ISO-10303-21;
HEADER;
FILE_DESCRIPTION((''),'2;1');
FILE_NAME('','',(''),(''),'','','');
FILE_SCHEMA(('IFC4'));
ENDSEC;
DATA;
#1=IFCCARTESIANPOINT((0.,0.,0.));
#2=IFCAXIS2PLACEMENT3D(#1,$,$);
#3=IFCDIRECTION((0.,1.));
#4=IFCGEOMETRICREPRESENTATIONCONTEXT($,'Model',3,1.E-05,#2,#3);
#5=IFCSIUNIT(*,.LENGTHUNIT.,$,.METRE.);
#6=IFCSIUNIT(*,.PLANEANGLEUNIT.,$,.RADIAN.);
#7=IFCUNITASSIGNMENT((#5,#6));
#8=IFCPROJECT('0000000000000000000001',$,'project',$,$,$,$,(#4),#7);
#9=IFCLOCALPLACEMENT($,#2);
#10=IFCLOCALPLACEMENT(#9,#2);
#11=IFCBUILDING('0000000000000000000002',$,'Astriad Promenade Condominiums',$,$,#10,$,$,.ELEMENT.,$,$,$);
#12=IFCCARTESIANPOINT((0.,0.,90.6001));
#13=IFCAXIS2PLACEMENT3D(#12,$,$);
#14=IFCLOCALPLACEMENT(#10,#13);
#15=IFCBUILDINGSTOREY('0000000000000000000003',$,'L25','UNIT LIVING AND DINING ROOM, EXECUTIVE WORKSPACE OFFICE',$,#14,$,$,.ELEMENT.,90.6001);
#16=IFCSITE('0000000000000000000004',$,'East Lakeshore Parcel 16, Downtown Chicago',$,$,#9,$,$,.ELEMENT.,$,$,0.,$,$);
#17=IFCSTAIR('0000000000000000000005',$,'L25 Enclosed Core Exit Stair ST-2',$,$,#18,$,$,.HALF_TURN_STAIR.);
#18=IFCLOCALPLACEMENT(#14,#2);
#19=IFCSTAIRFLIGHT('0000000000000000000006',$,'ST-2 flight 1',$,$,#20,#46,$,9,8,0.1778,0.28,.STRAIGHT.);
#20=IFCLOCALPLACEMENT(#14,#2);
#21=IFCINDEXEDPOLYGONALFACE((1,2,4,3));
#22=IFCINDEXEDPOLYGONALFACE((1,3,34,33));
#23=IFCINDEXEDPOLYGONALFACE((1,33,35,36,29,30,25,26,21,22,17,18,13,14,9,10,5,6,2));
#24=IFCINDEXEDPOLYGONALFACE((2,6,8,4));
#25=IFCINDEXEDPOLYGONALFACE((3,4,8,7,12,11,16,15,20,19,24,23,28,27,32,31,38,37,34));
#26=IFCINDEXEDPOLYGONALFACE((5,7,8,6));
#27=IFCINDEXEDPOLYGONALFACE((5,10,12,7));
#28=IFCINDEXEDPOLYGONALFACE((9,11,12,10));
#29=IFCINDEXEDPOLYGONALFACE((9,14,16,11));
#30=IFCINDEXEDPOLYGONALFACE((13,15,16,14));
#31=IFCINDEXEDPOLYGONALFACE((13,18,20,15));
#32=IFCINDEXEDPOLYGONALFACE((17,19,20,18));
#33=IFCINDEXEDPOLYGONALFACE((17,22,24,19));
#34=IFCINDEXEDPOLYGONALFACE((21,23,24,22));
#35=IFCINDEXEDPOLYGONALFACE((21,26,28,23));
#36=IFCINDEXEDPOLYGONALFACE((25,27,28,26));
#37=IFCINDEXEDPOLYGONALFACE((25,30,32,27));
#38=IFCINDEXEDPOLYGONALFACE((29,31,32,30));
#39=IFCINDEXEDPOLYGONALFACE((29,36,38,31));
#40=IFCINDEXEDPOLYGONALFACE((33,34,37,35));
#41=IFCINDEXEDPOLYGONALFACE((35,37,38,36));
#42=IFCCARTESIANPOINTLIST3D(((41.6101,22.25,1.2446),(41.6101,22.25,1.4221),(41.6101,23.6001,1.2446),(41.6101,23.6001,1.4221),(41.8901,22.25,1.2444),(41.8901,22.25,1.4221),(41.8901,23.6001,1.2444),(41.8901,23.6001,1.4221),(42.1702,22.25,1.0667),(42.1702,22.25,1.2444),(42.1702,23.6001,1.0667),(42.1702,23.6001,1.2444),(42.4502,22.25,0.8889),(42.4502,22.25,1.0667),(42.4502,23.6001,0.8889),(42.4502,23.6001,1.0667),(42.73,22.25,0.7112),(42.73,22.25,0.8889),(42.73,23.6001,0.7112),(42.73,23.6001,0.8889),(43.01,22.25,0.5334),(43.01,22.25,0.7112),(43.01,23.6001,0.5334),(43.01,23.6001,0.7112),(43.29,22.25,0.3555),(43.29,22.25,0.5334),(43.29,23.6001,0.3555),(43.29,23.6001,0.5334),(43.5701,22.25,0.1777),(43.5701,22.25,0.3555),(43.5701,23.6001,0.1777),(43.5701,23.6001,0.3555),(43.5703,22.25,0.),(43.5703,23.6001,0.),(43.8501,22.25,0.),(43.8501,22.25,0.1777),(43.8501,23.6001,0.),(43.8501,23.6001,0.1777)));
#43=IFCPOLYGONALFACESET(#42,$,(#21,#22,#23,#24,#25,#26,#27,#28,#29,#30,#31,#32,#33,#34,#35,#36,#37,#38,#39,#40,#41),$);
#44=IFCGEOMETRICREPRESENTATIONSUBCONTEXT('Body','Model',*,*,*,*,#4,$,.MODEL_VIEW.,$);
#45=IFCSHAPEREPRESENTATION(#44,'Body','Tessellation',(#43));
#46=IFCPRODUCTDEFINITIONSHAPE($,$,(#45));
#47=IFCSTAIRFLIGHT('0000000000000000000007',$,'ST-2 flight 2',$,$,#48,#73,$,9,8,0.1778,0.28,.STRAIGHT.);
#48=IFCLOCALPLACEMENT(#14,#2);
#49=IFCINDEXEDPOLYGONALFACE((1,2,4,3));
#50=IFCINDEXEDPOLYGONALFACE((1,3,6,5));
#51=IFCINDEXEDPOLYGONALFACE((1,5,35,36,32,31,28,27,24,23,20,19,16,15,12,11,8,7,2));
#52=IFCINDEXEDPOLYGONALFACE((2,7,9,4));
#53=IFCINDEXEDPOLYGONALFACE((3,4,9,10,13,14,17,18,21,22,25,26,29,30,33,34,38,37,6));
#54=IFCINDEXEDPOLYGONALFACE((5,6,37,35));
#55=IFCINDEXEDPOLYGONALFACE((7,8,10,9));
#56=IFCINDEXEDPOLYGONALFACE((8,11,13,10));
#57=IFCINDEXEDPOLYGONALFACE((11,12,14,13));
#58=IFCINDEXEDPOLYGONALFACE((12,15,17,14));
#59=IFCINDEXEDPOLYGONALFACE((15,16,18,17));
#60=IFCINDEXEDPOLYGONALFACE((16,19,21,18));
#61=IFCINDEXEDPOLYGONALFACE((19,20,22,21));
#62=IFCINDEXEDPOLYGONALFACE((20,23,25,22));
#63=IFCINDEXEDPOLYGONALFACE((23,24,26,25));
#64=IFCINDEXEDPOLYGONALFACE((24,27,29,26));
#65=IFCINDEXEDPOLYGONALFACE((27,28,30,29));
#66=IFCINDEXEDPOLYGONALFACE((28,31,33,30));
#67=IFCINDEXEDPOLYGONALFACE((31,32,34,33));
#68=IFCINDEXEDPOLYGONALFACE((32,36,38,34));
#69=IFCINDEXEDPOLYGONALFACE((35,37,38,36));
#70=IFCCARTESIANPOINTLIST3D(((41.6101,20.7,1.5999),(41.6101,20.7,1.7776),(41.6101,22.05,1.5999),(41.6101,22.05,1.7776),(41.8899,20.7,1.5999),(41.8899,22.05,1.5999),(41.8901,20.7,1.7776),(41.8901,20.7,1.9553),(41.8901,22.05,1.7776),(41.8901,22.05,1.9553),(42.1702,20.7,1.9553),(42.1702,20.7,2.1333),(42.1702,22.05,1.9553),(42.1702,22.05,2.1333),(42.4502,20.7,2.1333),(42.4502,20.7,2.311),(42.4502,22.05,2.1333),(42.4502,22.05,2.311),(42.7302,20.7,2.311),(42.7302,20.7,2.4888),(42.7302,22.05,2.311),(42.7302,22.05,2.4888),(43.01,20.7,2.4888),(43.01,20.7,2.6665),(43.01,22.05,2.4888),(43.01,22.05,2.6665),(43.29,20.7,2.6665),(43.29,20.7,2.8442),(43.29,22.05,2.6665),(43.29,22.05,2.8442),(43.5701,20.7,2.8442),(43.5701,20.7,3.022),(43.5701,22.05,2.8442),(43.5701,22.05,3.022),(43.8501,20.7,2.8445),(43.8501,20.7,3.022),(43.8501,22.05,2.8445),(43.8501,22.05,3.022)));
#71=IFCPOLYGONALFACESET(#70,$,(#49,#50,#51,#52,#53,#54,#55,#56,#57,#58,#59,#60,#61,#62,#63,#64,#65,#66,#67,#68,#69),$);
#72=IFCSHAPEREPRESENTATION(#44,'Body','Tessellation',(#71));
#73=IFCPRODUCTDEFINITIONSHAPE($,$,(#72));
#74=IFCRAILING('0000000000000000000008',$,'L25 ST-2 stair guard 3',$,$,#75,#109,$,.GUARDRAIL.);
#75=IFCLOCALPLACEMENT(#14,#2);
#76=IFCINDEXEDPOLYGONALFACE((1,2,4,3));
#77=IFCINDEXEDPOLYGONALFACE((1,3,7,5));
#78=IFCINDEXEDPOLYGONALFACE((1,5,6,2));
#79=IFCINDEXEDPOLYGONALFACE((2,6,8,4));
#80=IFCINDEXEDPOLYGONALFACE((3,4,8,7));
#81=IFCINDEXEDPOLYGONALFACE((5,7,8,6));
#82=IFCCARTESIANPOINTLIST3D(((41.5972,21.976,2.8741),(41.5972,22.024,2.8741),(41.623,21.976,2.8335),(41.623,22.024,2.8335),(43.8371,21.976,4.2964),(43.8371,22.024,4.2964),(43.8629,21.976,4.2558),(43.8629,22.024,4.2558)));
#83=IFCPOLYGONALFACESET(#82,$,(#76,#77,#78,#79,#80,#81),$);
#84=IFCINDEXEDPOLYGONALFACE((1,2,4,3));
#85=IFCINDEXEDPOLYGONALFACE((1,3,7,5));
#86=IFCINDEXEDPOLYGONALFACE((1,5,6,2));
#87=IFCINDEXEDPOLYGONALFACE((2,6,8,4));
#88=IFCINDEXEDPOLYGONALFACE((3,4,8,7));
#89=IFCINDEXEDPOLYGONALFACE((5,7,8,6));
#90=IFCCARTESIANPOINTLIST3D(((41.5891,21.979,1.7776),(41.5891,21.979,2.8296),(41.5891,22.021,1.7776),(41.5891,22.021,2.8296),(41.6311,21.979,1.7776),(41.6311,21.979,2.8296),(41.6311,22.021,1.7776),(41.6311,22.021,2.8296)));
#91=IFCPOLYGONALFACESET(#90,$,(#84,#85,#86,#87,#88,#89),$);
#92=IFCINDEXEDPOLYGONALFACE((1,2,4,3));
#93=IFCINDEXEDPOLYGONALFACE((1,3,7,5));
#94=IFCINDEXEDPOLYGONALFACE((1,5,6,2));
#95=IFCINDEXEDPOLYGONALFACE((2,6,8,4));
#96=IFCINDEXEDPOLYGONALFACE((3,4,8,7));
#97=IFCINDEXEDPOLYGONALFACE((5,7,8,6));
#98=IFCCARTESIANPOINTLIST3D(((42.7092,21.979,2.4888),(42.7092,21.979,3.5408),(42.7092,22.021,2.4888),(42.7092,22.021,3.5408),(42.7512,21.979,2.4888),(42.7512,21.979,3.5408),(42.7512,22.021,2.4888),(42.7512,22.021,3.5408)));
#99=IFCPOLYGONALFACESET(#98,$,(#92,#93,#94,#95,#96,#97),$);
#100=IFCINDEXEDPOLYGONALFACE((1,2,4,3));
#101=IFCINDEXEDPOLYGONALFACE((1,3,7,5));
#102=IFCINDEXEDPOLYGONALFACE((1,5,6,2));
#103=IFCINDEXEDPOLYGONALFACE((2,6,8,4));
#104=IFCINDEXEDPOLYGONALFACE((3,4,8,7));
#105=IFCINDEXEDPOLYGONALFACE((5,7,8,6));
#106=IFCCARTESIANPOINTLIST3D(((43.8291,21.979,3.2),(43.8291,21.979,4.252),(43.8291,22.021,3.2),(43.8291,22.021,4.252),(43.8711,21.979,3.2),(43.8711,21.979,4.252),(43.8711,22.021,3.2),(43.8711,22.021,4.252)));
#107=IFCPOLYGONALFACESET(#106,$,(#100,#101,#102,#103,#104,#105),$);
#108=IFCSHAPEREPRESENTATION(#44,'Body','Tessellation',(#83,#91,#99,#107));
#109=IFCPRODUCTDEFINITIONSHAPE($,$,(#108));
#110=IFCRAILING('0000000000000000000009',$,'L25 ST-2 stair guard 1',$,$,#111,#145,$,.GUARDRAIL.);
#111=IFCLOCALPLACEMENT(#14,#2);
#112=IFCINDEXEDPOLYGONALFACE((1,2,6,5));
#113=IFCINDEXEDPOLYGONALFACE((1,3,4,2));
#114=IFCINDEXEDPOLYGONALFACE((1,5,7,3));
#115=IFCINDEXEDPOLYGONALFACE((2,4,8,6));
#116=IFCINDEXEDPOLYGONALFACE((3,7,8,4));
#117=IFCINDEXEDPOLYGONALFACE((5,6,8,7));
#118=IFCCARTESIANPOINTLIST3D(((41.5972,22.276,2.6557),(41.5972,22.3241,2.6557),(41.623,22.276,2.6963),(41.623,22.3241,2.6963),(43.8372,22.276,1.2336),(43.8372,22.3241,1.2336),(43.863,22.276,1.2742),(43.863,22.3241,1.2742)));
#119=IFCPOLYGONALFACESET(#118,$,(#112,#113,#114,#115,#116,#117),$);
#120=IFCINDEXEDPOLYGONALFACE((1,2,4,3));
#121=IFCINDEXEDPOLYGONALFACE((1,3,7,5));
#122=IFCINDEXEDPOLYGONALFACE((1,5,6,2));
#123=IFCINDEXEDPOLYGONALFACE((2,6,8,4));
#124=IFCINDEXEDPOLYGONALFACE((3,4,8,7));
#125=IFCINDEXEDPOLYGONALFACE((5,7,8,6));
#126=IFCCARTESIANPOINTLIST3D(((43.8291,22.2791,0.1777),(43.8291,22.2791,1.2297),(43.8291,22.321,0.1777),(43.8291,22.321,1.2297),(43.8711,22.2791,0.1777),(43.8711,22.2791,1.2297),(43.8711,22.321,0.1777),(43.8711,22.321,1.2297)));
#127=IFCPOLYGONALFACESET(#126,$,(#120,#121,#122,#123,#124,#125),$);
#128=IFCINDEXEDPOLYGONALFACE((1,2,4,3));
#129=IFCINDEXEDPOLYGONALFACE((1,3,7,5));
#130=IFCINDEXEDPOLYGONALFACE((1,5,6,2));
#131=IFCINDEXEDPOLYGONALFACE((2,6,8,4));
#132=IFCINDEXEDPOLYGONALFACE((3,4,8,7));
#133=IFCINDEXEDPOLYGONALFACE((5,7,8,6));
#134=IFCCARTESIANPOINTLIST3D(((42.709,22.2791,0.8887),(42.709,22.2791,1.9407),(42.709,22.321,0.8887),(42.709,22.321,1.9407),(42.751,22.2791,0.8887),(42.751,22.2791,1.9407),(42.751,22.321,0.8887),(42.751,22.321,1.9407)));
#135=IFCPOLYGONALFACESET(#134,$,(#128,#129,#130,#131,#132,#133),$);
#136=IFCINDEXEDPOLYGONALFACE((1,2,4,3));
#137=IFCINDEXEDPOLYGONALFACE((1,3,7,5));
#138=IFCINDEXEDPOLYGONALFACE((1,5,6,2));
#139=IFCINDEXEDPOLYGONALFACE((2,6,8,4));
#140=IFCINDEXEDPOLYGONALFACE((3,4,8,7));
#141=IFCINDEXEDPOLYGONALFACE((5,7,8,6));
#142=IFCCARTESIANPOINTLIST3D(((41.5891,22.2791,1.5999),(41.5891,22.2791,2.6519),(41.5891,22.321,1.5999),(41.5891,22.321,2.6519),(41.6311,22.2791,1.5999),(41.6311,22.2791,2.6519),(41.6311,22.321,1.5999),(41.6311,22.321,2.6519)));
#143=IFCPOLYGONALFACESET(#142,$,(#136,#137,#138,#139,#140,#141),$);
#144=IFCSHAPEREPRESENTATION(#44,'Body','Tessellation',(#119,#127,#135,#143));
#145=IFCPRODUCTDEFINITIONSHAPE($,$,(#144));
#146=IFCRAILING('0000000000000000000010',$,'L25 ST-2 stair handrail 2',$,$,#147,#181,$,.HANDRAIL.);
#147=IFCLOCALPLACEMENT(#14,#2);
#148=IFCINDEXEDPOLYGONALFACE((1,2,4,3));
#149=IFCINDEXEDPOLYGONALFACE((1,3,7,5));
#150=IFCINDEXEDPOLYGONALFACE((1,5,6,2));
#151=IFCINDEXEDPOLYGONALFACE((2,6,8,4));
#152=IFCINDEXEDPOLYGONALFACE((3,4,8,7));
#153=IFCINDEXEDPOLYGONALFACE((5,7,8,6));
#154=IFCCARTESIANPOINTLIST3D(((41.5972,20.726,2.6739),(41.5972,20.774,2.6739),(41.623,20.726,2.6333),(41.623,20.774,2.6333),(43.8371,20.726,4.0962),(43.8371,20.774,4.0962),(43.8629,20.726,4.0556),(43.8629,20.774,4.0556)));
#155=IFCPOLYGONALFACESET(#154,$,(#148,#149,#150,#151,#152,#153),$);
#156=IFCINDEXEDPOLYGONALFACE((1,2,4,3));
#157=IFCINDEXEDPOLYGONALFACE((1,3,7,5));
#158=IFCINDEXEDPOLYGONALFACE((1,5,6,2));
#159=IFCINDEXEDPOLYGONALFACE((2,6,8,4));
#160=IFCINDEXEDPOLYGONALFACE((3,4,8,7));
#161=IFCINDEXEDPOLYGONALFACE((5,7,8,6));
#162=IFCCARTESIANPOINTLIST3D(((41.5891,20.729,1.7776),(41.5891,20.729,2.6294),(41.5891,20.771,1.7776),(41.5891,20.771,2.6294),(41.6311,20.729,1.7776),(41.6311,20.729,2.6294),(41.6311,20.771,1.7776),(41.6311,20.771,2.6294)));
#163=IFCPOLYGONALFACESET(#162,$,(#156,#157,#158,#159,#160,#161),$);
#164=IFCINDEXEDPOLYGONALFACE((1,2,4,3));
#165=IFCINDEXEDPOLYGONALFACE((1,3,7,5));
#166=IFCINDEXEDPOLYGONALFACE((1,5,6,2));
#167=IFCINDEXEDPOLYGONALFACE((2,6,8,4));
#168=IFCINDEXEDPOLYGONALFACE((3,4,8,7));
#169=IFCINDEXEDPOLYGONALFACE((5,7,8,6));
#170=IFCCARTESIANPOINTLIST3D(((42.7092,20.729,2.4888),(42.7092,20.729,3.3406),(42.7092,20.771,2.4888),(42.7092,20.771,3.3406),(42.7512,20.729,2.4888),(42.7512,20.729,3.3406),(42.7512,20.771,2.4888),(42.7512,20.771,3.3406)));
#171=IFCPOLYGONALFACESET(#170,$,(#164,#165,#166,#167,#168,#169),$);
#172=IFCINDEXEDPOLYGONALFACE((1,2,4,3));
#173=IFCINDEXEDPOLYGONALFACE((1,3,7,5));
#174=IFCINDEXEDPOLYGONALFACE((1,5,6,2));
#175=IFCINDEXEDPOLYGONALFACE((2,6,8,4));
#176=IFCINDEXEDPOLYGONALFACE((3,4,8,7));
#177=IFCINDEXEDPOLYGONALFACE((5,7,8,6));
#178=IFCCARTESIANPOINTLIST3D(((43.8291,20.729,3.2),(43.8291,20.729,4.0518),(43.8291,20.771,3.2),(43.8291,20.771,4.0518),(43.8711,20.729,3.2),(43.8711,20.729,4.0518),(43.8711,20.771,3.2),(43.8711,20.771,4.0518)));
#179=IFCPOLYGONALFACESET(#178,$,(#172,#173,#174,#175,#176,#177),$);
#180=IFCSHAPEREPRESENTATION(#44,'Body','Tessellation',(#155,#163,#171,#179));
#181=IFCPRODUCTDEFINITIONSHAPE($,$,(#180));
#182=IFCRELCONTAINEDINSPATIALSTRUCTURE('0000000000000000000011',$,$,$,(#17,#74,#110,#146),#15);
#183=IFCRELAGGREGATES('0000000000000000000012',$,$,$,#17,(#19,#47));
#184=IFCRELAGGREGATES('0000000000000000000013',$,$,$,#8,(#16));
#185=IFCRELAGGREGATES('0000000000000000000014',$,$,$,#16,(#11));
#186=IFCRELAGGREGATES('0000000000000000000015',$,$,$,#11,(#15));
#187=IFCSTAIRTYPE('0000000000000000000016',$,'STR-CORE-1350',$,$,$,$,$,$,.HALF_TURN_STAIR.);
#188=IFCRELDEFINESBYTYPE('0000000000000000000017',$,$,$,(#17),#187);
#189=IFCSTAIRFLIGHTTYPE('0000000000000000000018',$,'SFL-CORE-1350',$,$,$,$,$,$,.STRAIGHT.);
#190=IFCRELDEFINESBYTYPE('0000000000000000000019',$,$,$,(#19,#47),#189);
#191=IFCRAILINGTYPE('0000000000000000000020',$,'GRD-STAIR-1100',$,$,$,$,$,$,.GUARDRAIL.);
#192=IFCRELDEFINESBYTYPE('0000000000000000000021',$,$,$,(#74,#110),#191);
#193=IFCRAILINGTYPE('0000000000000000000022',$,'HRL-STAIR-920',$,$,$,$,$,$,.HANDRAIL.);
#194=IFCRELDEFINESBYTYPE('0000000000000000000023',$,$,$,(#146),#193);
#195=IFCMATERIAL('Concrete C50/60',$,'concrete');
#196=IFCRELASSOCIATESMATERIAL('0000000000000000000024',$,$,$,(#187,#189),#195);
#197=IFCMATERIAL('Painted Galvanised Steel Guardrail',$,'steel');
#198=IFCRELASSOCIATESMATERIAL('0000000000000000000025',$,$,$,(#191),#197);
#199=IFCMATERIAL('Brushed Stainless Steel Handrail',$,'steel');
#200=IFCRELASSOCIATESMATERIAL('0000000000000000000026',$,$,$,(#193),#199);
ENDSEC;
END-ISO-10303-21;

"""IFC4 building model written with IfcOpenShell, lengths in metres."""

from ifc_helpers import new_model, si_unit, direction, frame, origin, origin_2d, place, context, subcontext, project, spatial, polyline, rectangle, outline, extrude, source, transform, mapped, material, type_object, type_shapes, element, aggregate, save


model = new_model("IFC4")

# Units and contexts
model_context = context("Model", 3, precision=1e-05, world=origin(), true_north=direction((0.0, 1.0)))
body_context = subcontext(model_context, "Body", "Model", "MODEL_VIEW")
ifc_project = project(units=[si_unit("LENGTHUNIT", "METRE"), si_unit("PLANEANGLEUNIT", "RADIAN")], contexts=[model_context])

# Site, building, storey
site_placement = place(None, origin())
site = spatial("IfcSite", under=ifc_project, at=site_placement, Name="East Lakeshore Parcel 16, Downtown Chicago", CompositionType="ELEMENT", RefElevation=0.0)
building_placement = place(site_placement, origin())
building = spatial("IfcBuilding", under=site, at=building_placement, Name="Astriad Promenade Condominiums", CompositionType="ELEMENT")
storey_placement = place(building_placement, frame((0.0, 0.0, 90.6001)))
storey = spatial("IfcBuildingStorey", under=building, at=storey_placement, Name="L25", Description="UNIT LIVING AND DINING ROOM, EXECUTIVE WORKSPACE OFFICE", CompositionType="ELEMENT", Elevation=90.6001)

# Shared definitions
ifc_material_1 = material(Name="Concrete C50/60", Category="concrete")

# Stair, stair flights
stair_type = type_object("IfcStairType", Name="STR-CORE-1350", PredefinedType="HALF_TURN_STAIR", material=ifc_material_1)
stair_placement = place(storey_placement, origin())
stair = element("IfcStair", 1, at=stair_placement, inside=storey, type_object=stair_type, Name="L25 Enclosed Core Exit Stair ST-2", PredefinedType="HALF_TURN_STAIR")
stair_flight_type = type_object("IfcStairFlightType", Name="SFL-CORE-1350", PredefinedType="STRAIGHT", material=ifc_material_1)
shared_shape_1 = source(origin(), body_context, "Body", "SweptSolid", [
    extrude(outline(polyline([(0.0, 0.0), (0.0, 0.1777), (0.28, 0.1777), (0.28, 0.3555), (0.5601, 0.3555), (0.5601, 0.5334), (0.8401, 0.5334), (0.8401, 0.7112), (1.1201, 0.7112), (1.1201, 0.8889), (1.3999, 0.8889), (1.3999, 1.0667), (1.6799, 1.0667), (1.6799, 1.2444), (1.96, 1.2444), (1.96, 1.4221), (2.24, 1.4221), (2.24, 1.6001), (2.24, 1.2446), (0.2798, 0.0), (0.0, 0.0)])), frame((0.0, 0.675, 0.0), z_axis=(0.0, -1.0, 0.0), x_axis=(1.0, 0.0, 0.0)), (0.0, 0.0, 1.0), 1.3501),
])
type_shapes(stair_flight_type, [shared_shape_1])
stair_flight_1_placement = place(storey_placement, frame((43.8501, 22.925, 0.0), z_axis=(0.0, 0.0, 1.0), x_axis=(-1.0, 0.0, 0.0)))
stair_flight_1 = element("IfcStairFlight", 2, at=stair_flight_1_placement, type_object=stair_flight_type, Name="ST-2 flight 1", NumberOfRisers=9, NumberOfTreads=8, PredefinedType="STRAIGHT", RiserHeight=0.1778, TreadLength=0.28, context=body_context, shape_type="MappedRepresentation", body=[
    mapped(shared_shape_1, transform((0.0, 0.0, 0.0), scale=1.0)),
])
stair_flight_2_placement = place(storey_placement, frame((41.6101, 21.375, 1.5999), z_axis=(0.0, 0.0, 1.0), x_axis=(1.0, 0.0, 0.0)))
stair_flight_2 = element("IfcStairFlight", 3, at=stair_flight_2_placement, type_object=stair_flight_type, Name="ST-2 flight 2", NumberOfRisers=9, NumberOfTreads=8, PredefinedType="STRAIGHT", RiserHeight=0.1778, TreadLength=0.28, context=body_context, shape_type="MappedRepresentation", body=[
    mapped(shared_shape_1, transform((0.0, 0.0, 0.0), scale=1.0)),
])
aggregate(stair, [stair_flight_1, stair_flight_2])

# Railings
ifc_material_2 = material(Name="Painted Galvanised Steel Guardrail", Category="steel")
railing_type_1 = type_object("IfcRailingType", Name="GRD-STAIR-1100", PredefinedType="GUARDRAIL", material=ifc_material_2)
shared_shape_2 = source(origin(), body_context, "Body", "SweptSolid", [
    extrude(rectangle(XDim=0.0481, YDim=0.0481, at=origin_2d()), frame((0.0, 0.0, 1.0762), z_axis=(0.844188, 0.0, 0.536048), x_axis=(0.0, 1.0, 0.0)), (0.0, 0.0, 1.0), 2.6533),
    extrude(rectangle(XDim=0.042, YDim=0.042, at=origin_2d()), origin(), (0.0, 0.0, 1.0), 1.052),
    extrude(rectangle(XDim=0.042, YDim=0.042, at=origin_2d()), frame((1.1201, 0.0, 0.7112)), (0.0, 0.0, 1.0), 1.052),
    extrude(rectangle(XDim=0.042, YDim=0.042, at=origin_2d()), frame((2.24, 0.0, 1.4224)), (0.0, 0.0, 1.0), 1.052),
])
railing_1_placement = place(storey_placement, frame((41.6101, 22.0, 1.7776)))
element("IfcRailing", 4, at=railing_1_placement, inside=storey, type_object=railing_type_1, Name="L25 ST-2 stair guard 3", PredefinedType="GUARDRAIL", context=body_context, shape_type="MappedRepresentation", body=[
    mapped(shared_shape_2, transform((0.0, 0.0, 0.0), scale=1.0)),
])
shared_shape_3 = source(origin(), body_context, "Body", "SweptSolid", [
    extrude(rectangle(XDim=0.0481, YDim=0.0481, at=origin_2d()), frame((0.0, 0.0, 1.0762), z_axis=(-0.844229, 0.0, 0.535982), x_axis=(0.0, -1.0, 0.0)), (0.0, 0.0, 1.0), 2.6533),
    extrude(rectangle(XDim=0.042, YDim=0.042, at=origin_2d()), origin(), (0.0, 0.0, 1.0), 1.052),
    extrude(rectangle(XDim=0.042, YDim=0.042, at=origin_2d()), frame((-1.1201, 0.0, 0.7109)), (0.0, 0.0, 1.0), 1.052),
    extrude(rectangle(XDim=0.042, YDim=0.042, at=origin_2d()), frame((-2.24, 0.0, 1.4221)), (0.0, 0.0, 1.0), 1.052),
])
railing_2_placement = place(storey_placement, frame((43.8501, 22.3, 0.1777)))
element("IfcRailing", 5, at=railing_2_placement, inside=storey, type_object=railing_type_1, Name="L25 ST-2 stair guard 1", PredefinedType="GUARDRAIL", context=body_context, shape_type="MappedRepresentation", body=[
    mapped(shared_shape_3, transform((0.0, 0.0, 0.0), scale=1.0)),
])
ifc_material_3 = material(Name="Brushed Stainless Steel Handrail", Category="steel")
railing_type_2 = type_object("IfcRailingType", Name="HRL-STAIR-920", PredefinedType="HANDRAIL", material=ifc_material_3)
shared_shape_4 = source(origin(), body_context, "Body", "SweptSolid", [
    extrude(rectangle(XDim=0.0481, YDim=0.0481, at=origin_2d()), frame((0.0, 0.0, 0.876), z_axis=(0.844188, 0.0, 0.536048), x_axis=(0.0, 1.0, 0.0)), (0.0, 0.0, 1.0), 2.6533),
    extrude(rectangle(XDim=0.042, YDim=0.042, at=origin_2d()), origin(), (0.0, 0.0, 1.0), 0.8518),
    extrude(rectangle(XDim=0.042, YDim=0.042, at=origin_2d()), frame((1.1201, 0.0, 0.7112)), (0.0, 0.0, 1.0), 0.8518),
    extrude(rectangle(XDim=0.042, YDim=0.042, at=origin_2d()), frame((2.24, 0.0, 1.4224)), (0.0, 0.0, 1.0), 0.8518),
])
railing_3_placement = place(storey_placement, frame((41.6101, 20.75, 1.7776)))
element("IfcRailing", 6, at=railing_3_placement, inside=storey, type_object=railing_type_2, Name="L25 ST-2 stair handrail 2", PredefinedType="HANDRAIL", context=body_context, shape_type="MappedRepresentation", body=[
    mapped(shared_shape_4, transform((0.0, 0.0, 0.0), scale=1.0)),
])

save(model, "model.ifc")
